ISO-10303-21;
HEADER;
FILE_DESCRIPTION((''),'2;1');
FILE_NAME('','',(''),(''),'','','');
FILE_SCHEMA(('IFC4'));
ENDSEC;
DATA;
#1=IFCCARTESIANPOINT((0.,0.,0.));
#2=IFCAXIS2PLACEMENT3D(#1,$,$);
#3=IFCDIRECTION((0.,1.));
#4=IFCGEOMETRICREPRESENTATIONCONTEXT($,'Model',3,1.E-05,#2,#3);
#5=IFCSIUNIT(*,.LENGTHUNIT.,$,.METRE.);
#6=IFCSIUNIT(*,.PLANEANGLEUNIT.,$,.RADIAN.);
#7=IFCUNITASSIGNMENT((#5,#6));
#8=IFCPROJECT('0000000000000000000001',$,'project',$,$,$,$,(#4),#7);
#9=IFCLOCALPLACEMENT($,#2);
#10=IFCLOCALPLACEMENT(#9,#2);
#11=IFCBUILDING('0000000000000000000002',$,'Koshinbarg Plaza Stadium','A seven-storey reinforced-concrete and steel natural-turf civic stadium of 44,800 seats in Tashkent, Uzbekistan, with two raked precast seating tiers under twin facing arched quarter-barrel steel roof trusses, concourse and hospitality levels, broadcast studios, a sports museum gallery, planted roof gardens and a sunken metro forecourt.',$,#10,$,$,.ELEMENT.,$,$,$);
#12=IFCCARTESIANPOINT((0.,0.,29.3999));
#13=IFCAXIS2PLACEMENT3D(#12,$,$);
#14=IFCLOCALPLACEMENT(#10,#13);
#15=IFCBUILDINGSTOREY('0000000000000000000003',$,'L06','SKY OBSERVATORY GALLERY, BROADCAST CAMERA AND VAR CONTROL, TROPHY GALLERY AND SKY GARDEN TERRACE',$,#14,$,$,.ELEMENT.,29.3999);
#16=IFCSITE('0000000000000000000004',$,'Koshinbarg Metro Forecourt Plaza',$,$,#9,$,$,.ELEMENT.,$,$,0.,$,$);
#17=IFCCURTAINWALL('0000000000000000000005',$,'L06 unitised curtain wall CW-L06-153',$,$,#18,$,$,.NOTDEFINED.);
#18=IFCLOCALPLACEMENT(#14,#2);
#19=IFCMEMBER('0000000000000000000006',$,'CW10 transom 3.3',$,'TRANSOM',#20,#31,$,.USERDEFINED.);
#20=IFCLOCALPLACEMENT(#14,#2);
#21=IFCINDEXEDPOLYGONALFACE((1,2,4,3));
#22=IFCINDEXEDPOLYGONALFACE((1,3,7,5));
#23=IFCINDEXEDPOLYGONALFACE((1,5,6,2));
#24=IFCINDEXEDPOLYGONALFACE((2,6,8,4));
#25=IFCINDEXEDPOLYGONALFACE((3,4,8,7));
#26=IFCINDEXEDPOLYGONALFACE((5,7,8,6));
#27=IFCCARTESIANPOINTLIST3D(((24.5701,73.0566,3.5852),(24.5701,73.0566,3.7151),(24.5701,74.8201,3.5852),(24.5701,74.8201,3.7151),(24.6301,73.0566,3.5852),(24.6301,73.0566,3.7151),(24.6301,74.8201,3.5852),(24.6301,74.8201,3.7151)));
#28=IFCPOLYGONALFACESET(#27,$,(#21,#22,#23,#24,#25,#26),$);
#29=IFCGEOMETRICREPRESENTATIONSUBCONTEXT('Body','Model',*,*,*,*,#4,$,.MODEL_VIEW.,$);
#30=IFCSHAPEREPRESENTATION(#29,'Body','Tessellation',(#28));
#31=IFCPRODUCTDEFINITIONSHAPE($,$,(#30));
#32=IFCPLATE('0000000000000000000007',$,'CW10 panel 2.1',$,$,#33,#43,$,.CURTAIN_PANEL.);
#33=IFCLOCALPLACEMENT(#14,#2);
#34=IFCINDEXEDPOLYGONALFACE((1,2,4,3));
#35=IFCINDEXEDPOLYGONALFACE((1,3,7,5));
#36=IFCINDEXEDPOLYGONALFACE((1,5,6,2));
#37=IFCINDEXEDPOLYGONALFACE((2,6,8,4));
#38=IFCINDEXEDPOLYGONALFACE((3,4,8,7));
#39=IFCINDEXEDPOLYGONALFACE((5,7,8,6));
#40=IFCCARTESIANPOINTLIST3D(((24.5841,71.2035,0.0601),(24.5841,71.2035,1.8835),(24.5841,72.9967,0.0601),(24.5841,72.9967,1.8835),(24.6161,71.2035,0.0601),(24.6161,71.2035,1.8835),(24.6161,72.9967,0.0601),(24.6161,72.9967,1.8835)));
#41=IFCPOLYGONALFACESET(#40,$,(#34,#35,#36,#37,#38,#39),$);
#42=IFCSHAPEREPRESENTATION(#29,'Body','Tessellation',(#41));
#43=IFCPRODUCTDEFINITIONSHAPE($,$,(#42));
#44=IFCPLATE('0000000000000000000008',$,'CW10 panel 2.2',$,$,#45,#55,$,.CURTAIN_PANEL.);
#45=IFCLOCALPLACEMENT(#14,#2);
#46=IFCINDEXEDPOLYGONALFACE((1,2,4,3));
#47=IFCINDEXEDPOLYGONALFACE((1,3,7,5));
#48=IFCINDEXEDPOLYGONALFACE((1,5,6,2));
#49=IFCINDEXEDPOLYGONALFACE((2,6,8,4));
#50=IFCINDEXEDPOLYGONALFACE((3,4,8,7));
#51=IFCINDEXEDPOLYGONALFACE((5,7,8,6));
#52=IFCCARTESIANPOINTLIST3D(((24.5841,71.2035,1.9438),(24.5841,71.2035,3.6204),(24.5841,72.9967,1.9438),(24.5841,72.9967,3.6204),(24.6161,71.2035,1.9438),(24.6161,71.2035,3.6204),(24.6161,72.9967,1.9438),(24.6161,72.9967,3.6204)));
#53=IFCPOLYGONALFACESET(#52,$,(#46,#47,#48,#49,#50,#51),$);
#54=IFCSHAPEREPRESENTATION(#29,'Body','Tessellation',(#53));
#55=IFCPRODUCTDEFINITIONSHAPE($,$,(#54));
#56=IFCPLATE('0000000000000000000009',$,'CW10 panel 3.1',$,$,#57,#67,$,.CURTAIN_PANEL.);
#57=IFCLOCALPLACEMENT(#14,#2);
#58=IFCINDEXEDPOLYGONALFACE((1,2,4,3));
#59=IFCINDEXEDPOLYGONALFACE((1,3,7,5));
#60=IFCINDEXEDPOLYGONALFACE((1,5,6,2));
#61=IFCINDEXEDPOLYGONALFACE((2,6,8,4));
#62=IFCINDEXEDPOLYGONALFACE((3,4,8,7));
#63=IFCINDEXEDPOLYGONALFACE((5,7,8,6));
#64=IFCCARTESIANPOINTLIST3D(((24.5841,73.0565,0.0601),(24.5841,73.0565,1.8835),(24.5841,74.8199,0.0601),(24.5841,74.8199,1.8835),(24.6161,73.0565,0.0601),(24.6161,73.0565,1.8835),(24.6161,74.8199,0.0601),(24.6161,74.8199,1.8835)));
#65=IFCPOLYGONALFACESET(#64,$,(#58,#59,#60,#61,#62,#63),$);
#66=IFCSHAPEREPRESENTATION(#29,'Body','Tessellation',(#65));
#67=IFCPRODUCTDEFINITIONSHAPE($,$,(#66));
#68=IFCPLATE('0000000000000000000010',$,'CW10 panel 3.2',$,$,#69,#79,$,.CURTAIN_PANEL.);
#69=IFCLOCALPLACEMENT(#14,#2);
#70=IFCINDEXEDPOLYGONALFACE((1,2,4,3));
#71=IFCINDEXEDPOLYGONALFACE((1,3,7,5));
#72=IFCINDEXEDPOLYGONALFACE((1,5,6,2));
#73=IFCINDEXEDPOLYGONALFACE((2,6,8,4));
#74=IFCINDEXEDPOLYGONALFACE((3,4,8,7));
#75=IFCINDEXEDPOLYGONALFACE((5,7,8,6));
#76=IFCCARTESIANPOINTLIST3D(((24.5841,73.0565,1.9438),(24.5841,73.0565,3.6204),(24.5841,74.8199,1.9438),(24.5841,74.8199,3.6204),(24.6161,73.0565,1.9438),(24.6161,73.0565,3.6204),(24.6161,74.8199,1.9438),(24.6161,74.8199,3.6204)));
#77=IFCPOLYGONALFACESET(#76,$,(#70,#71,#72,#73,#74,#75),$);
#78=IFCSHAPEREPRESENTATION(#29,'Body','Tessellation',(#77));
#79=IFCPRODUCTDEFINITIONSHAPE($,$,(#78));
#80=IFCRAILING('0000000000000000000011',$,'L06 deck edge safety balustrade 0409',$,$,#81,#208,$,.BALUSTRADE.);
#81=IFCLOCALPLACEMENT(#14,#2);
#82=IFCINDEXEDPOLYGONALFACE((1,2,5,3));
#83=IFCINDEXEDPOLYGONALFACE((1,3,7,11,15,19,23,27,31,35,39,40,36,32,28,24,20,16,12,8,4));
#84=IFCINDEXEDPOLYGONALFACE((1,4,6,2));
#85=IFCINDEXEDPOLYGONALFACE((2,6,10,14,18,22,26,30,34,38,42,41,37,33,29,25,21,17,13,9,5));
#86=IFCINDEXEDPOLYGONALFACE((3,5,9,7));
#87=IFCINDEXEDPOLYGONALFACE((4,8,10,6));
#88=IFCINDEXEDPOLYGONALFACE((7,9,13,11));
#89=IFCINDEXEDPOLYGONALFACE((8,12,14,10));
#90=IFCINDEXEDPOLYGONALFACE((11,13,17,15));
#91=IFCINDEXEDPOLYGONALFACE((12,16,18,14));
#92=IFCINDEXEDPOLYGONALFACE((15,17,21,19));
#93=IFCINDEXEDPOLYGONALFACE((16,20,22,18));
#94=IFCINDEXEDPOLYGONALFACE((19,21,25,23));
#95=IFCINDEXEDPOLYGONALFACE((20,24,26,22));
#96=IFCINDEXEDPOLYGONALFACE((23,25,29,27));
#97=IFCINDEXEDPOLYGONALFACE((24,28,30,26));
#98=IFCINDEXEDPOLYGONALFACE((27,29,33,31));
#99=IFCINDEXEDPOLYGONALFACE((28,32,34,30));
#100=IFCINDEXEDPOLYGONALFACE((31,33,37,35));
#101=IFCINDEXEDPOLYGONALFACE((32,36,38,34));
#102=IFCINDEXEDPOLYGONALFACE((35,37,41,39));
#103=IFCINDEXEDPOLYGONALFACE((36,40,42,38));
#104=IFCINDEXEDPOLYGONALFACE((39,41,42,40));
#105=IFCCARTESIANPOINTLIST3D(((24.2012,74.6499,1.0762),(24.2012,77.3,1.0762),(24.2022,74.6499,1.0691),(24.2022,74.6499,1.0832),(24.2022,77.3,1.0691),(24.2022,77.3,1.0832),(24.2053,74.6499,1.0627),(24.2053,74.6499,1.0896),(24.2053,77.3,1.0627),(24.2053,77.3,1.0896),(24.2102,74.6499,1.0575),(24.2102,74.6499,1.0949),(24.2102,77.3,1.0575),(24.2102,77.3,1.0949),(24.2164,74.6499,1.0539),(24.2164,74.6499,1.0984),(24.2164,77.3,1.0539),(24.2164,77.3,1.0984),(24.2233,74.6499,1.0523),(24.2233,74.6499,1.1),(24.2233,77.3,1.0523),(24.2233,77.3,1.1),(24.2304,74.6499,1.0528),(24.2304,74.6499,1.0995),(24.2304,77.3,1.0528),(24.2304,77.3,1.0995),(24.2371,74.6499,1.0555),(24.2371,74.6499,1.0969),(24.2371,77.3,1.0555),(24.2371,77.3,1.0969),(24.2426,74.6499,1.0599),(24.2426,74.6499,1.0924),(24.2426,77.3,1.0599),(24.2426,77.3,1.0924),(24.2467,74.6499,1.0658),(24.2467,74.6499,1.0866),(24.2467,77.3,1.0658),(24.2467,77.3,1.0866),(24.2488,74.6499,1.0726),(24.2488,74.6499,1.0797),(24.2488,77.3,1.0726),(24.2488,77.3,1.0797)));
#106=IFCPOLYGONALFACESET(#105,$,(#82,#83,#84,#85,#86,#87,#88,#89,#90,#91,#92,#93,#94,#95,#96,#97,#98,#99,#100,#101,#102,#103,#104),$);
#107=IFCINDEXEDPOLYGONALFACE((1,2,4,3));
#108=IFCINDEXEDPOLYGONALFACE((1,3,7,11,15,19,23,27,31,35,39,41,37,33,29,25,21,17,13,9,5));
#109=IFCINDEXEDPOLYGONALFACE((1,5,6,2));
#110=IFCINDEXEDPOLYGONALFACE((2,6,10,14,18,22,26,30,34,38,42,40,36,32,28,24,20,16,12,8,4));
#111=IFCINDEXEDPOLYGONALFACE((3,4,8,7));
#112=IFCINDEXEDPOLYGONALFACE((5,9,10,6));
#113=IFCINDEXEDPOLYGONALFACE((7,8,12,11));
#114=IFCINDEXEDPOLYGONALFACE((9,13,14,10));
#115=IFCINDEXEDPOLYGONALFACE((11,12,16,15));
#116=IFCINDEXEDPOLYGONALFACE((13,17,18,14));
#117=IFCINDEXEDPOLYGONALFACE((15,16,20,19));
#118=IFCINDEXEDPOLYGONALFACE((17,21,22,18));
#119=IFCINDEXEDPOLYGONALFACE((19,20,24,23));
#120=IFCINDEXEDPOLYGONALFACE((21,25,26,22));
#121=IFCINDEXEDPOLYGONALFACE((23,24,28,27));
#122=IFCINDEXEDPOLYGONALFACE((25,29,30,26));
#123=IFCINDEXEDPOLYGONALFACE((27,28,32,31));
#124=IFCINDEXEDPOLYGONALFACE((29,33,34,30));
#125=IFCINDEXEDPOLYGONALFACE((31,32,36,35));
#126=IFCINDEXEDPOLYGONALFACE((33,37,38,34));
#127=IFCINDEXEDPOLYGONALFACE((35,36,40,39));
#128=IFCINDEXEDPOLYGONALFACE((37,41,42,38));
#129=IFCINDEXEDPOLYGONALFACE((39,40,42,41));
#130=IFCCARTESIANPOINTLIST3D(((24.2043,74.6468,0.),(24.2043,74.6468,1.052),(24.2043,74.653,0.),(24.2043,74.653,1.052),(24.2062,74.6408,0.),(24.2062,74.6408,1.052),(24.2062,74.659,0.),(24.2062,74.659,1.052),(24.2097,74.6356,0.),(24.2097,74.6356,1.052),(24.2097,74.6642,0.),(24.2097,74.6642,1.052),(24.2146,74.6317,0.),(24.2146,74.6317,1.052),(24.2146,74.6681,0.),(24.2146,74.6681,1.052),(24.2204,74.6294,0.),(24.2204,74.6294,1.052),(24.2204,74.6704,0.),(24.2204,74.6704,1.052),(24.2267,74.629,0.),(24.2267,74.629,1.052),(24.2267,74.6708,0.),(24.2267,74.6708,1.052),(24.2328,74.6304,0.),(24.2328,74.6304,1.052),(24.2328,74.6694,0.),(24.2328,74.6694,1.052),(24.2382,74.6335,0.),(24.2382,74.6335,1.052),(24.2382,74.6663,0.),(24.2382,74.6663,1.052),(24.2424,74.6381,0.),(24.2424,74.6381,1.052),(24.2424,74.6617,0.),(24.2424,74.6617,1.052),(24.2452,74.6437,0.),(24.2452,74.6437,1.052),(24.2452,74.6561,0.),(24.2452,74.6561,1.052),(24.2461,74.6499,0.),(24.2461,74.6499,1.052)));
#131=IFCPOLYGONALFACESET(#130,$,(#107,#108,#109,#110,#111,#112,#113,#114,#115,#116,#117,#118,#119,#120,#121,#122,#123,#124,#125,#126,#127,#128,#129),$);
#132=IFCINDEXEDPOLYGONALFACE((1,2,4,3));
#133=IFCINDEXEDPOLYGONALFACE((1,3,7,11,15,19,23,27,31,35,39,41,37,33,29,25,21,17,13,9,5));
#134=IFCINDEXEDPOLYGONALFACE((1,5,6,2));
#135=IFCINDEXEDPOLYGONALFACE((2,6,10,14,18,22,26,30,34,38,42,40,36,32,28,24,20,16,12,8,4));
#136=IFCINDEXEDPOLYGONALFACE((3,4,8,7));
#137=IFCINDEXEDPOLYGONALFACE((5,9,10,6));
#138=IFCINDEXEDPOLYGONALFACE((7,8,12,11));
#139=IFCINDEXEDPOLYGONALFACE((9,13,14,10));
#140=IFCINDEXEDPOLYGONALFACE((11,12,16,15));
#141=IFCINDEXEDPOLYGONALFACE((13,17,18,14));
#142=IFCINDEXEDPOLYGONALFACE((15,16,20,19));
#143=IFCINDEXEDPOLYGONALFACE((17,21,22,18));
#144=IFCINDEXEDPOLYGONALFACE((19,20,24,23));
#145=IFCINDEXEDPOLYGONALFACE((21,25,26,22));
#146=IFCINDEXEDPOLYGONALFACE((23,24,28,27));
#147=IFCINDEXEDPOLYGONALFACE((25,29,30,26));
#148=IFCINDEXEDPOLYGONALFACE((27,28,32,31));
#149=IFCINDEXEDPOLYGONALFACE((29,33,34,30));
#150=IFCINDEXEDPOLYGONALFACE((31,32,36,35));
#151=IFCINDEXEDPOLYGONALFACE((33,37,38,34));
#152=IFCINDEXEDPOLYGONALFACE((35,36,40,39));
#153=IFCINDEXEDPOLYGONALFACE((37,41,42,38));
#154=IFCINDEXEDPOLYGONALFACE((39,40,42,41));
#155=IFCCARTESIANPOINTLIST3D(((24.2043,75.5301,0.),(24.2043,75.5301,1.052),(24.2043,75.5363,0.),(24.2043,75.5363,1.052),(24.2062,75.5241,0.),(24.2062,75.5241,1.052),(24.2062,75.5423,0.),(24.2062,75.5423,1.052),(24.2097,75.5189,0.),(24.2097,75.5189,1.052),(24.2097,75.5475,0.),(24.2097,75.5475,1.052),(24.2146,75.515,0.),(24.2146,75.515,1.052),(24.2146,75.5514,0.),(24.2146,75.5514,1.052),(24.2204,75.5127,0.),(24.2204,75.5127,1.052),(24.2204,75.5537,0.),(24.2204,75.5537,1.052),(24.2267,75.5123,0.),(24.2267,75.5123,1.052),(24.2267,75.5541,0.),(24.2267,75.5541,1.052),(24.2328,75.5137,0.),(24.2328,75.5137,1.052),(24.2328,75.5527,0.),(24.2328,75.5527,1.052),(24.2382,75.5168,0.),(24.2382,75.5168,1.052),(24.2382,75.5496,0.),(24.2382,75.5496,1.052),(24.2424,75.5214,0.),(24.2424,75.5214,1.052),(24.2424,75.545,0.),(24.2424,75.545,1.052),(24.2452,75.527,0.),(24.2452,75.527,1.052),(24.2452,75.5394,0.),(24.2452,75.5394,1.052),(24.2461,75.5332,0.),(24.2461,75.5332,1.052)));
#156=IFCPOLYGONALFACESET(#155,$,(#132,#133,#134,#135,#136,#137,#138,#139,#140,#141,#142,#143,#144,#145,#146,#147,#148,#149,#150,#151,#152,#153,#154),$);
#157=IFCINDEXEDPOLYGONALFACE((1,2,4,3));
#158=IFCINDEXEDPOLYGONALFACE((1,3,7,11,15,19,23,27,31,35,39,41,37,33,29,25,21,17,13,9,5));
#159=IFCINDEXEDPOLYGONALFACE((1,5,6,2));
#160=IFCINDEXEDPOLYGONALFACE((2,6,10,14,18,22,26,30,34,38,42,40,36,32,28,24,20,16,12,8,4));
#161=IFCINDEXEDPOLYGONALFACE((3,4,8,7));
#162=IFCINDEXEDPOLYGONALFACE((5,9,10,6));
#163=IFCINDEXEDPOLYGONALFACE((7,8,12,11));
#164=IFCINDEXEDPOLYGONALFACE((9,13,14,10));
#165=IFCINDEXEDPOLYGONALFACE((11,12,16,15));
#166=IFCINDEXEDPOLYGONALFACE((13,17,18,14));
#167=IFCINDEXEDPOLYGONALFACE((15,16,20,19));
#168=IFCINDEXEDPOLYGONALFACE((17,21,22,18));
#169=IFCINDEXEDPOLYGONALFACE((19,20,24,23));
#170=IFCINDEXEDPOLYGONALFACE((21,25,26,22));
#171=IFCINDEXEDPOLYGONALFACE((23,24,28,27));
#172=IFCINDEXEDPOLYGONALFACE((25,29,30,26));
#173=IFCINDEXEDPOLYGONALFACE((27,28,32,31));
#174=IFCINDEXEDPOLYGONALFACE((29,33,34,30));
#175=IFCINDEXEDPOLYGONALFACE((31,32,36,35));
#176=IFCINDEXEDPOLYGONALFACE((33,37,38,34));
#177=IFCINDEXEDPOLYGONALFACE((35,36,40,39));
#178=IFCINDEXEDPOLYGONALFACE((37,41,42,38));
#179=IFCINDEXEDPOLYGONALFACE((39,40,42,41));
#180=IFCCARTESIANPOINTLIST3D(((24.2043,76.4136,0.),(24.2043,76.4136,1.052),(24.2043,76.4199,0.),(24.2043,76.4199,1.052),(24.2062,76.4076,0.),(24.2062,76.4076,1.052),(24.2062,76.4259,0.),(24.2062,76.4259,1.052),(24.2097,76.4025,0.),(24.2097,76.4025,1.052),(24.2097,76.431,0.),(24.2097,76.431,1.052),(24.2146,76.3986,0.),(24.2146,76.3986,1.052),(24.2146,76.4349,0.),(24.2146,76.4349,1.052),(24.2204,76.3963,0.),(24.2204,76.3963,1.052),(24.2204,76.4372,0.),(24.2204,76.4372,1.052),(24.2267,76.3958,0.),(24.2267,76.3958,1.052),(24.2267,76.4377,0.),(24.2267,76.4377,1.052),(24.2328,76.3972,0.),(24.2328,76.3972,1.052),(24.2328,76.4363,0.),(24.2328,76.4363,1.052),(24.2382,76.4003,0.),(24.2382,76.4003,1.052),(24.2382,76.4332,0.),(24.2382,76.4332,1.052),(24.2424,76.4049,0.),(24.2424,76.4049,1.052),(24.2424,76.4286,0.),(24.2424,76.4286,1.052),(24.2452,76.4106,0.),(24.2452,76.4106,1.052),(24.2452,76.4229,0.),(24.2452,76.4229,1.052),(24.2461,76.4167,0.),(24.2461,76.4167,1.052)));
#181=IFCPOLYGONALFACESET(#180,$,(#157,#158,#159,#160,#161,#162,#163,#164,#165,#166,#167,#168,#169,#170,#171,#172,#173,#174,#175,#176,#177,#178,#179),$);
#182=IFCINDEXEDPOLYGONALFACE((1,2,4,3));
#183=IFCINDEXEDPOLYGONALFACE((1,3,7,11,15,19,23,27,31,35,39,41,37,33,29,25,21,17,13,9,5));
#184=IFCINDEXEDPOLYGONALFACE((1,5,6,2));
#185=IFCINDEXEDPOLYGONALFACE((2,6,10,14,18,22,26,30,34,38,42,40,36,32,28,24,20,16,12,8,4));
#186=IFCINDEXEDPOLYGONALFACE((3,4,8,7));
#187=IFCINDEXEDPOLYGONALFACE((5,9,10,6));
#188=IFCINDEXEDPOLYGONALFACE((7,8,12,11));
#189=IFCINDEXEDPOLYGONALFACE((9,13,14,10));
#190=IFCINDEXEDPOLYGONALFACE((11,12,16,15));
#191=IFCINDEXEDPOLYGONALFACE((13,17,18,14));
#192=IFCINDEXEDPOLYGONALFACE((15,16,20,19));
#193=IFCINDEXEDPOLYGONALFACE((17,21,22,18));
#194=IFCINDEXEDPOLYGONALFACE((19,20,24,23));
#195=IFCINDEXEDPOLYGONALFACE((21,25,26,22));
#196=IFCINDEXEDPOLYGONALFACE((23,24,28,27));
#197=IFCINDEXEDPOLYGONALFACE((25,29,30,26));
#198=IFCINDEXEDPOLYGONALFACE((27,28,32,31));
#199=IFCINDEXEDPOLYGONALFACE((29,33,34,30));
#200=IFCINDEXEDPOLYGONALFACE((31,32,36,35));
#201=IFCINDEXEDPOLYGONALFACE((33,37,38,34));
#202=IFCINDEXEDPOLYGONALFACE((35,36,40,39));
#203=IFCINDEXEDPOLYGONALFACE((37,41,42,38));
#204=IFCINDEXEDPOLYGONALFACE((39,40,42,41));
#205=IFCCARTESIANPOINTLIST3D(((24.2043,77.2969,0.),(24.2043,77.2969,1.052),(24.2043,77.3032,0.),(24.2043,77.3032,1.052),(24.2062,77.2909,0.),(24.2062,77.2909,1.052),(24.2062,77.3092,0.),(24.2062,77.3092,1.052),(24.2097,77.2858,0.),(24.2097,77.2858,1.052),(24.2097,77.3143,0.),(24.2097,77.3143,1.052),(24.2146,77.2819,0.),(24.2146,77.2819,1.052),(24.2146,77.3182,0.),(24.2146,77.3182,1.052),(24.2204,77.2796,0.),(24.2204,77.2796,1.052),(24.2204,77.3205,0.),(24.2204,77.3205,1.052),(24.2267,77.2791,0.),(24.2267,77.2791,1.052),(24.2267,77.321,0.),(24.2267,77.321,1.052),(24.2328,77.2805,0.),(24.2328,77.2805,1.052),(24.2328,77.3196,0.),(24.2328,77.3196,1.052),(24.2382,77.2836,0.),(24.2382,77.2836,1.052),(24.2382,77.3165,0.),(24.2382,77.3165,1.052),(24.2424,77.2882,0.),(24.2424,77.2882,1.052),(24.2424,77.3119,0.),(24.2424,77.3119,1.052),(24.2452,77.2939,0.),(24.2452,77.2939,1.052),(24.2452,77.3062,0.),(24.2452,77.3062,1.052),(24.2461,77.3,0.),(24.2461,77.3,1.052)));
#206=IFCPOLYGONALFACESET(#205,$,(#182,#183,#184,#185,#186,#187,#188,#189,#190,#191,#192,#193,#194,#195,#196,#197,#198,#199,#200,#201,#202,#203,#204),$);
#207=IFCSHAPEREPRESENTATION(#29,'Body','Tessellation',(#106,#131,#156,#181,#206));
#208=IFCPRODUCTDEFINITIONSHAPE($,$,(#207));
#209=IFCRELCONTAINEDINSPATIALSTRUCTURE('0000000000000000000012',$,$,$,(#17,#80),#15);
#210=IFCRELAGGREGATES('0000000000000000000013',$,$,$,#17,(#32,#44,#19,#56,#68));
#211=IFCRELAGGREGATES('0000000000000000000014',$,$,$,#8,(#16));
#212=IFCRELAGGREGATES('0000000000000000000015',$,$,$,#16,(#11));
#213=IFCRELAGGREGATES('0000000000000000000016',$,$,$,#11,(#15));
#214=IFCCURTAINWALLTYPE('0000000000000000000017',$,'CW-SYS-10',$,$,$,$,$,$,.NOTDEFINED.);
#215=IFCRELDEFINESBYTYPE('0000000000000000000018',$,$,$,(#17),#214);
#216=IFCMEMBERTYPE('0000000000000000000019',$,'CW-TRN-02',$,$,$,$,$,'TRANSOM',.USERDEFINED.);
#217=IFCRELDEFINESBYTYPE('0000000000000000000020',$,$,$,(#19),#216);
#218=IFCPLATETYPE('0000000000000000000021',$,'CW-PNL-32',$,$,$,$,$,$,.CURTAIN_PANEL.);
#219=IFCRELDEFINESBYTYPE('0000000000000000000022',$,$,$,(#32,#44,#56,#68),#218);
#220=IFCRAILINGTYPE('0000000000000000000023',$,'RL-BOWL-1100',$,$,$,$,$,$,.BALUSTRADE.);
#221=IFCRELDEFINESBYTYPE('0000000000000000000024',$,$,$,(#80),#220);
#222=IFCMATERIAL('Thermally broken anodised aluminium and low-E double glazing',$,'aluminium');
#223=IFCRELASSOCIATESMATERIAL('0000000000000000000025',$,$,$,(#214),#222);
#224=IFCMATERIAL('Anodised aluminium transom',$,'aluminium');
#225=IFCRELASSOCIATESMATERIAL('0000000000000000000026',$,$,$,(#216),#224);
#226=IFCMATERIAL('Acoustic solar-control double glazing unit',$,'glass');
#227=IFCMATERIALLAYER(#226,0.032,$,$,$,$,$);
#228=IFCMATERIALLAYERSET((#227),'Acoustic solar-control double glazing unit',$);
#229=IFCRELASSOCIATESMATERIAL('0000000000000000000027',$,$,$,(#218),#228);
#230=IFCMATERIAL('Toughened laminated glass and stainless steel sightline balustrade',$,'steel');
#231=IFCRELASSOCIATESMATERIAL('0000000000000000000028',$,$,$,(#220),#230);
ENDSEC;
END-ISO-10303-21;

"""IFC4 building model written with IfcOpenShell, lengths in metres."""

from ifc_helpers import new_model, si_unit, direction, frame, origin, origin_2d, place, context, subcontext, project, spatial, rectangle, circle, extrude, material, layer, layer_set, material_profile, profile_set, type_object, element, aggregate, save


model = new_model("IFC4")

# Units and contexts
model_context = context("Model", 3, precision=1e-05, world=origin(), true_north=direction((0.0, 1.0)))
body_context = subcontext(model_context, "Body", "Model", "MODEL_VIEW")
ifc_project = project(units=[si_unit("LENGTHUNIT", "METRE"), si_unit("PLANEANGLEUNIT", "RADIAN")], contexts=[model_context])

# Site, building, storey
site_placement = place(None, origin())
site = spatial("IfcSite", under=ifc_project, at=site_placement, Name="Koshinbarg Metro Forecourt Plaza", CompositionType="ELEMENT", RefElevation=0.0)
building_placement = place(site_placement, origin())
building = spatial("IfcBuilding", under=site, at=building_placement, Name="Koshinbarg Plaza Stadium", Description="A seven-storey reinforced-concrete and steel natural-turf civic stadium of 44,800 seats in Tashkent, Uzbekistan, with two raked precast seating tiers under twin facing arched quarter-barrel steel roof trusses, concourse and hospitality levels, broadcast studios, a sports museum gallery, planted roof gardens and a sunken metro forecourt.", CompositionType="ELEMENT")
storey_placement = place(building_placement, frame((0.0, 0.0, 29.3999)))
storey = spatial("IfcBuildingStorey", under=building, at=storey_placement, Name="L06", Description="SKY OBSERVATORY GALLERY, BROADCAST CAMERA AND VAR CONTROL, TROPHY GALLERY AND SKY GARDEN TERRACE", CompositionType="ELEMENT", Elevation=29.3999)

# Curtain wall
ifc_material_1 = material(Name="Thermally broken anodised aluminium and low-E double glazing", Category="aluminium")
curtain_wall_type_1 = type_object("IfcCurtainWallType", Name="CW-SYS-10", PredefinedType="NOTDEFINED", material=ifc_material_1)
curtain_wall_1_placement = place(storey_placement, origin())
curtain_wall_1 = element("IfcCurtainWall", 1, at=curtain_wall_1_placement, inside=storey, type_object=curtain_wall_type_1, Name="L06 unitised curtain wall CW-L06-153", PredefinedType="NOTDEFINED")
ifc_material_2 = material(Name="Anodised aluminium transom", Category="aluminium")

# Member
ifc_material_profile_1 = material_profile(ifc_material_2, rectangle(XDim=0.0601, YDim=0.1299, at=origin_2d()), Name="ALU 60x130")
ifc_profile_set_1 = profile_set([ifc_material_profile_1], Name="Anodised aluminium transom")
member_type_1 = type_object("IfcMemberType", Name="CW-TRN-02", ElementType="TRANSOM", PredefinedType="USERDEFINED", material=ifc_profile_set_1)
member_1_placement = place(storey_placement, frame((24.6001, 73.0566, 3.6501), z_axis=(0.0, 1.0, 0.0), x_axis=(-1.0, 0.0, 0.0)))
member_1 = element("IfcMember", 2, at=member_1_placement, type_object=member_type_1, Name="CW10 transom 3.3", ObjectType="TRANSOM", PredefinedType="USERDEFINED", context=body_context, shape_type="SweptSolid", body=[
    extrude(rectangle(XDim=0.0601, YDim=0.1299, at=origin_2d()), origin(), (0.0, 0.0, 1.0), 1.7634),
])

# Plates
ifc_material_3 = material(Name="Acoustic solar-control double glazing unit", Category="glass")
ifc_layer = layer(ifc_material_3, 0.032)
ifc_layer_set = layer_set([ifc_layer], Name="Acoustic solar-control double glazing unit")
plate_type = type_object("IfcPlateType", Name="CW-PNL-32", PredefinedType="CURTAIN_PANEL", material=ifc_layer_set)
plate_1_placement = place(storey_placement, frame((24.6001, 72.1001, 0.0601), z_axis=(0.0, 0.0, 1.0), x_axis=(0.0, 1.0, 0.0)))
plate_1 = element("IfcPlate", 3, at=plate_1_placement, type_object=plate_type, Name="CW10 panel 2.1", PredefinedType="CURTAIN_PANEL", context=body_context, shape_type="SweptSolid", body=[
    extrude(rectangle(XDim=1.7932, YDim=0.032, at=origin_2d()), origin(), (0.0, 0.0, 1.0), 1.8235),
])
plate_2_placement = place(storey_placement, frame((24.6001, 72.1001, 1.9438), z_axis=(0.0, 0.0, 1.0), x_axis=(0.0, 1.0, 0.0)))
plate_2 = element("IfcPlate", 4, at=plate_2_placement, type_object=plate_type, Name="CW10 panel 2.2", PredefinedType="CURTAIN_PANEL", context=body_context, shape_type="SweptSolid", body=[
    extrude(rectangle(XDim=1.7932, YDim=0.032, at=origin_2d()), origin(), (0.0, 0.0, 1.0), 1.6765),
])
plate_3_placement = place(storey_placement, frame((24.6001, 73.9382, 0.0601), z_axis=(0.0, 0.0, 1.0), x_axis=(0.0, 1.0, 0.0)))
plate_3 = element("IfcPlate", 5, at=plate_3_placement, type_object=plate_type, Name="CW10 panel 3.1", PredefinedType="CURTAIN_PANEL", context=body_context, shape_type="SweptSolid", body=[
    extrude(rectangle(XDim=1.7634, YDim=0.032, at=origin_2d()), origin(), (0.0, 0.0, 1.0), 1.8235),
])
plate_4_placement = place(storey_placement, frame((24.6001, 73.9382, 1.9438), z_axis=(0.0, 0.0, 1.0), x_axis=(0.0, 1.0, 0.0)))
plate_4 = element("IfcPlate", 6, at=plate_4_placement, type_object=plate_type, Name="CW10 panel 3.2", PredefinedType="CURTAIN_PANEL", context=body_context, shape_type="SweptSolid", body=[
    extrude(rectangle(XDim=1.7634, YDim=0.032, at=origin_2d()), origin(), (0.0, 0.0, 1.0), 1.6765),
])
aggregate(curtain_wall_1, [plate_1, plate_2, member_1, plate_3, plate_4])

# Railing
ifc_material_4 = material(Name="Toughened laminated glass and stainless steel sightline balustrade", Category="steel")
railing_type = type_object("IfcRailingType", Name="RL-BOWL-1100", PredefinedType="BALUSTRADE", material=ifc_material_4)
railing_placement = place(storey_placement, frame((24.2251, 74.6499, 0.0)))
element("IfcRailing", 7, at=railing_placement, inside=storey, type_object=railing_type, Name="L06 deck edge safety balustrade 0409", PredefinedType="BALUSTRADE", context=body_context, shape_type="SweptSolid", body=[
    extrude(circle(Radius=0.0239, at=origin_2d()), frame((0.0, 0.0, 1.0762), z_axis=(0.0, 1.0, 0.0), x_axis=(-1.0, 0.0, 0.0)), (0.0, 0.0, 1.0), 2.6501),
    extrude(circle(Radius=0.021, at=origin_2d()), origin(), (0.0, 0.0, 1.0), 1.052),
    extrude(circle(Radius=0.021, at=origin_2d()), frame((0.0, 0.8833, 0.0)), (0.0, 0.0, 1.0), 1.052),
    extrude(circle(Radius=0.021, at=origin_2d()), frame((0.0, 1.7668, 0.0)), (0.0, 0.0, 1.0), 1.052),
    extrude(circle(Radius=0.021, at=origin_2d()), frame((0.0, 2.6501, 0.0)), (0.0, 0.0, 1.0), 1.052),
])

save(model, "model.ifc")
